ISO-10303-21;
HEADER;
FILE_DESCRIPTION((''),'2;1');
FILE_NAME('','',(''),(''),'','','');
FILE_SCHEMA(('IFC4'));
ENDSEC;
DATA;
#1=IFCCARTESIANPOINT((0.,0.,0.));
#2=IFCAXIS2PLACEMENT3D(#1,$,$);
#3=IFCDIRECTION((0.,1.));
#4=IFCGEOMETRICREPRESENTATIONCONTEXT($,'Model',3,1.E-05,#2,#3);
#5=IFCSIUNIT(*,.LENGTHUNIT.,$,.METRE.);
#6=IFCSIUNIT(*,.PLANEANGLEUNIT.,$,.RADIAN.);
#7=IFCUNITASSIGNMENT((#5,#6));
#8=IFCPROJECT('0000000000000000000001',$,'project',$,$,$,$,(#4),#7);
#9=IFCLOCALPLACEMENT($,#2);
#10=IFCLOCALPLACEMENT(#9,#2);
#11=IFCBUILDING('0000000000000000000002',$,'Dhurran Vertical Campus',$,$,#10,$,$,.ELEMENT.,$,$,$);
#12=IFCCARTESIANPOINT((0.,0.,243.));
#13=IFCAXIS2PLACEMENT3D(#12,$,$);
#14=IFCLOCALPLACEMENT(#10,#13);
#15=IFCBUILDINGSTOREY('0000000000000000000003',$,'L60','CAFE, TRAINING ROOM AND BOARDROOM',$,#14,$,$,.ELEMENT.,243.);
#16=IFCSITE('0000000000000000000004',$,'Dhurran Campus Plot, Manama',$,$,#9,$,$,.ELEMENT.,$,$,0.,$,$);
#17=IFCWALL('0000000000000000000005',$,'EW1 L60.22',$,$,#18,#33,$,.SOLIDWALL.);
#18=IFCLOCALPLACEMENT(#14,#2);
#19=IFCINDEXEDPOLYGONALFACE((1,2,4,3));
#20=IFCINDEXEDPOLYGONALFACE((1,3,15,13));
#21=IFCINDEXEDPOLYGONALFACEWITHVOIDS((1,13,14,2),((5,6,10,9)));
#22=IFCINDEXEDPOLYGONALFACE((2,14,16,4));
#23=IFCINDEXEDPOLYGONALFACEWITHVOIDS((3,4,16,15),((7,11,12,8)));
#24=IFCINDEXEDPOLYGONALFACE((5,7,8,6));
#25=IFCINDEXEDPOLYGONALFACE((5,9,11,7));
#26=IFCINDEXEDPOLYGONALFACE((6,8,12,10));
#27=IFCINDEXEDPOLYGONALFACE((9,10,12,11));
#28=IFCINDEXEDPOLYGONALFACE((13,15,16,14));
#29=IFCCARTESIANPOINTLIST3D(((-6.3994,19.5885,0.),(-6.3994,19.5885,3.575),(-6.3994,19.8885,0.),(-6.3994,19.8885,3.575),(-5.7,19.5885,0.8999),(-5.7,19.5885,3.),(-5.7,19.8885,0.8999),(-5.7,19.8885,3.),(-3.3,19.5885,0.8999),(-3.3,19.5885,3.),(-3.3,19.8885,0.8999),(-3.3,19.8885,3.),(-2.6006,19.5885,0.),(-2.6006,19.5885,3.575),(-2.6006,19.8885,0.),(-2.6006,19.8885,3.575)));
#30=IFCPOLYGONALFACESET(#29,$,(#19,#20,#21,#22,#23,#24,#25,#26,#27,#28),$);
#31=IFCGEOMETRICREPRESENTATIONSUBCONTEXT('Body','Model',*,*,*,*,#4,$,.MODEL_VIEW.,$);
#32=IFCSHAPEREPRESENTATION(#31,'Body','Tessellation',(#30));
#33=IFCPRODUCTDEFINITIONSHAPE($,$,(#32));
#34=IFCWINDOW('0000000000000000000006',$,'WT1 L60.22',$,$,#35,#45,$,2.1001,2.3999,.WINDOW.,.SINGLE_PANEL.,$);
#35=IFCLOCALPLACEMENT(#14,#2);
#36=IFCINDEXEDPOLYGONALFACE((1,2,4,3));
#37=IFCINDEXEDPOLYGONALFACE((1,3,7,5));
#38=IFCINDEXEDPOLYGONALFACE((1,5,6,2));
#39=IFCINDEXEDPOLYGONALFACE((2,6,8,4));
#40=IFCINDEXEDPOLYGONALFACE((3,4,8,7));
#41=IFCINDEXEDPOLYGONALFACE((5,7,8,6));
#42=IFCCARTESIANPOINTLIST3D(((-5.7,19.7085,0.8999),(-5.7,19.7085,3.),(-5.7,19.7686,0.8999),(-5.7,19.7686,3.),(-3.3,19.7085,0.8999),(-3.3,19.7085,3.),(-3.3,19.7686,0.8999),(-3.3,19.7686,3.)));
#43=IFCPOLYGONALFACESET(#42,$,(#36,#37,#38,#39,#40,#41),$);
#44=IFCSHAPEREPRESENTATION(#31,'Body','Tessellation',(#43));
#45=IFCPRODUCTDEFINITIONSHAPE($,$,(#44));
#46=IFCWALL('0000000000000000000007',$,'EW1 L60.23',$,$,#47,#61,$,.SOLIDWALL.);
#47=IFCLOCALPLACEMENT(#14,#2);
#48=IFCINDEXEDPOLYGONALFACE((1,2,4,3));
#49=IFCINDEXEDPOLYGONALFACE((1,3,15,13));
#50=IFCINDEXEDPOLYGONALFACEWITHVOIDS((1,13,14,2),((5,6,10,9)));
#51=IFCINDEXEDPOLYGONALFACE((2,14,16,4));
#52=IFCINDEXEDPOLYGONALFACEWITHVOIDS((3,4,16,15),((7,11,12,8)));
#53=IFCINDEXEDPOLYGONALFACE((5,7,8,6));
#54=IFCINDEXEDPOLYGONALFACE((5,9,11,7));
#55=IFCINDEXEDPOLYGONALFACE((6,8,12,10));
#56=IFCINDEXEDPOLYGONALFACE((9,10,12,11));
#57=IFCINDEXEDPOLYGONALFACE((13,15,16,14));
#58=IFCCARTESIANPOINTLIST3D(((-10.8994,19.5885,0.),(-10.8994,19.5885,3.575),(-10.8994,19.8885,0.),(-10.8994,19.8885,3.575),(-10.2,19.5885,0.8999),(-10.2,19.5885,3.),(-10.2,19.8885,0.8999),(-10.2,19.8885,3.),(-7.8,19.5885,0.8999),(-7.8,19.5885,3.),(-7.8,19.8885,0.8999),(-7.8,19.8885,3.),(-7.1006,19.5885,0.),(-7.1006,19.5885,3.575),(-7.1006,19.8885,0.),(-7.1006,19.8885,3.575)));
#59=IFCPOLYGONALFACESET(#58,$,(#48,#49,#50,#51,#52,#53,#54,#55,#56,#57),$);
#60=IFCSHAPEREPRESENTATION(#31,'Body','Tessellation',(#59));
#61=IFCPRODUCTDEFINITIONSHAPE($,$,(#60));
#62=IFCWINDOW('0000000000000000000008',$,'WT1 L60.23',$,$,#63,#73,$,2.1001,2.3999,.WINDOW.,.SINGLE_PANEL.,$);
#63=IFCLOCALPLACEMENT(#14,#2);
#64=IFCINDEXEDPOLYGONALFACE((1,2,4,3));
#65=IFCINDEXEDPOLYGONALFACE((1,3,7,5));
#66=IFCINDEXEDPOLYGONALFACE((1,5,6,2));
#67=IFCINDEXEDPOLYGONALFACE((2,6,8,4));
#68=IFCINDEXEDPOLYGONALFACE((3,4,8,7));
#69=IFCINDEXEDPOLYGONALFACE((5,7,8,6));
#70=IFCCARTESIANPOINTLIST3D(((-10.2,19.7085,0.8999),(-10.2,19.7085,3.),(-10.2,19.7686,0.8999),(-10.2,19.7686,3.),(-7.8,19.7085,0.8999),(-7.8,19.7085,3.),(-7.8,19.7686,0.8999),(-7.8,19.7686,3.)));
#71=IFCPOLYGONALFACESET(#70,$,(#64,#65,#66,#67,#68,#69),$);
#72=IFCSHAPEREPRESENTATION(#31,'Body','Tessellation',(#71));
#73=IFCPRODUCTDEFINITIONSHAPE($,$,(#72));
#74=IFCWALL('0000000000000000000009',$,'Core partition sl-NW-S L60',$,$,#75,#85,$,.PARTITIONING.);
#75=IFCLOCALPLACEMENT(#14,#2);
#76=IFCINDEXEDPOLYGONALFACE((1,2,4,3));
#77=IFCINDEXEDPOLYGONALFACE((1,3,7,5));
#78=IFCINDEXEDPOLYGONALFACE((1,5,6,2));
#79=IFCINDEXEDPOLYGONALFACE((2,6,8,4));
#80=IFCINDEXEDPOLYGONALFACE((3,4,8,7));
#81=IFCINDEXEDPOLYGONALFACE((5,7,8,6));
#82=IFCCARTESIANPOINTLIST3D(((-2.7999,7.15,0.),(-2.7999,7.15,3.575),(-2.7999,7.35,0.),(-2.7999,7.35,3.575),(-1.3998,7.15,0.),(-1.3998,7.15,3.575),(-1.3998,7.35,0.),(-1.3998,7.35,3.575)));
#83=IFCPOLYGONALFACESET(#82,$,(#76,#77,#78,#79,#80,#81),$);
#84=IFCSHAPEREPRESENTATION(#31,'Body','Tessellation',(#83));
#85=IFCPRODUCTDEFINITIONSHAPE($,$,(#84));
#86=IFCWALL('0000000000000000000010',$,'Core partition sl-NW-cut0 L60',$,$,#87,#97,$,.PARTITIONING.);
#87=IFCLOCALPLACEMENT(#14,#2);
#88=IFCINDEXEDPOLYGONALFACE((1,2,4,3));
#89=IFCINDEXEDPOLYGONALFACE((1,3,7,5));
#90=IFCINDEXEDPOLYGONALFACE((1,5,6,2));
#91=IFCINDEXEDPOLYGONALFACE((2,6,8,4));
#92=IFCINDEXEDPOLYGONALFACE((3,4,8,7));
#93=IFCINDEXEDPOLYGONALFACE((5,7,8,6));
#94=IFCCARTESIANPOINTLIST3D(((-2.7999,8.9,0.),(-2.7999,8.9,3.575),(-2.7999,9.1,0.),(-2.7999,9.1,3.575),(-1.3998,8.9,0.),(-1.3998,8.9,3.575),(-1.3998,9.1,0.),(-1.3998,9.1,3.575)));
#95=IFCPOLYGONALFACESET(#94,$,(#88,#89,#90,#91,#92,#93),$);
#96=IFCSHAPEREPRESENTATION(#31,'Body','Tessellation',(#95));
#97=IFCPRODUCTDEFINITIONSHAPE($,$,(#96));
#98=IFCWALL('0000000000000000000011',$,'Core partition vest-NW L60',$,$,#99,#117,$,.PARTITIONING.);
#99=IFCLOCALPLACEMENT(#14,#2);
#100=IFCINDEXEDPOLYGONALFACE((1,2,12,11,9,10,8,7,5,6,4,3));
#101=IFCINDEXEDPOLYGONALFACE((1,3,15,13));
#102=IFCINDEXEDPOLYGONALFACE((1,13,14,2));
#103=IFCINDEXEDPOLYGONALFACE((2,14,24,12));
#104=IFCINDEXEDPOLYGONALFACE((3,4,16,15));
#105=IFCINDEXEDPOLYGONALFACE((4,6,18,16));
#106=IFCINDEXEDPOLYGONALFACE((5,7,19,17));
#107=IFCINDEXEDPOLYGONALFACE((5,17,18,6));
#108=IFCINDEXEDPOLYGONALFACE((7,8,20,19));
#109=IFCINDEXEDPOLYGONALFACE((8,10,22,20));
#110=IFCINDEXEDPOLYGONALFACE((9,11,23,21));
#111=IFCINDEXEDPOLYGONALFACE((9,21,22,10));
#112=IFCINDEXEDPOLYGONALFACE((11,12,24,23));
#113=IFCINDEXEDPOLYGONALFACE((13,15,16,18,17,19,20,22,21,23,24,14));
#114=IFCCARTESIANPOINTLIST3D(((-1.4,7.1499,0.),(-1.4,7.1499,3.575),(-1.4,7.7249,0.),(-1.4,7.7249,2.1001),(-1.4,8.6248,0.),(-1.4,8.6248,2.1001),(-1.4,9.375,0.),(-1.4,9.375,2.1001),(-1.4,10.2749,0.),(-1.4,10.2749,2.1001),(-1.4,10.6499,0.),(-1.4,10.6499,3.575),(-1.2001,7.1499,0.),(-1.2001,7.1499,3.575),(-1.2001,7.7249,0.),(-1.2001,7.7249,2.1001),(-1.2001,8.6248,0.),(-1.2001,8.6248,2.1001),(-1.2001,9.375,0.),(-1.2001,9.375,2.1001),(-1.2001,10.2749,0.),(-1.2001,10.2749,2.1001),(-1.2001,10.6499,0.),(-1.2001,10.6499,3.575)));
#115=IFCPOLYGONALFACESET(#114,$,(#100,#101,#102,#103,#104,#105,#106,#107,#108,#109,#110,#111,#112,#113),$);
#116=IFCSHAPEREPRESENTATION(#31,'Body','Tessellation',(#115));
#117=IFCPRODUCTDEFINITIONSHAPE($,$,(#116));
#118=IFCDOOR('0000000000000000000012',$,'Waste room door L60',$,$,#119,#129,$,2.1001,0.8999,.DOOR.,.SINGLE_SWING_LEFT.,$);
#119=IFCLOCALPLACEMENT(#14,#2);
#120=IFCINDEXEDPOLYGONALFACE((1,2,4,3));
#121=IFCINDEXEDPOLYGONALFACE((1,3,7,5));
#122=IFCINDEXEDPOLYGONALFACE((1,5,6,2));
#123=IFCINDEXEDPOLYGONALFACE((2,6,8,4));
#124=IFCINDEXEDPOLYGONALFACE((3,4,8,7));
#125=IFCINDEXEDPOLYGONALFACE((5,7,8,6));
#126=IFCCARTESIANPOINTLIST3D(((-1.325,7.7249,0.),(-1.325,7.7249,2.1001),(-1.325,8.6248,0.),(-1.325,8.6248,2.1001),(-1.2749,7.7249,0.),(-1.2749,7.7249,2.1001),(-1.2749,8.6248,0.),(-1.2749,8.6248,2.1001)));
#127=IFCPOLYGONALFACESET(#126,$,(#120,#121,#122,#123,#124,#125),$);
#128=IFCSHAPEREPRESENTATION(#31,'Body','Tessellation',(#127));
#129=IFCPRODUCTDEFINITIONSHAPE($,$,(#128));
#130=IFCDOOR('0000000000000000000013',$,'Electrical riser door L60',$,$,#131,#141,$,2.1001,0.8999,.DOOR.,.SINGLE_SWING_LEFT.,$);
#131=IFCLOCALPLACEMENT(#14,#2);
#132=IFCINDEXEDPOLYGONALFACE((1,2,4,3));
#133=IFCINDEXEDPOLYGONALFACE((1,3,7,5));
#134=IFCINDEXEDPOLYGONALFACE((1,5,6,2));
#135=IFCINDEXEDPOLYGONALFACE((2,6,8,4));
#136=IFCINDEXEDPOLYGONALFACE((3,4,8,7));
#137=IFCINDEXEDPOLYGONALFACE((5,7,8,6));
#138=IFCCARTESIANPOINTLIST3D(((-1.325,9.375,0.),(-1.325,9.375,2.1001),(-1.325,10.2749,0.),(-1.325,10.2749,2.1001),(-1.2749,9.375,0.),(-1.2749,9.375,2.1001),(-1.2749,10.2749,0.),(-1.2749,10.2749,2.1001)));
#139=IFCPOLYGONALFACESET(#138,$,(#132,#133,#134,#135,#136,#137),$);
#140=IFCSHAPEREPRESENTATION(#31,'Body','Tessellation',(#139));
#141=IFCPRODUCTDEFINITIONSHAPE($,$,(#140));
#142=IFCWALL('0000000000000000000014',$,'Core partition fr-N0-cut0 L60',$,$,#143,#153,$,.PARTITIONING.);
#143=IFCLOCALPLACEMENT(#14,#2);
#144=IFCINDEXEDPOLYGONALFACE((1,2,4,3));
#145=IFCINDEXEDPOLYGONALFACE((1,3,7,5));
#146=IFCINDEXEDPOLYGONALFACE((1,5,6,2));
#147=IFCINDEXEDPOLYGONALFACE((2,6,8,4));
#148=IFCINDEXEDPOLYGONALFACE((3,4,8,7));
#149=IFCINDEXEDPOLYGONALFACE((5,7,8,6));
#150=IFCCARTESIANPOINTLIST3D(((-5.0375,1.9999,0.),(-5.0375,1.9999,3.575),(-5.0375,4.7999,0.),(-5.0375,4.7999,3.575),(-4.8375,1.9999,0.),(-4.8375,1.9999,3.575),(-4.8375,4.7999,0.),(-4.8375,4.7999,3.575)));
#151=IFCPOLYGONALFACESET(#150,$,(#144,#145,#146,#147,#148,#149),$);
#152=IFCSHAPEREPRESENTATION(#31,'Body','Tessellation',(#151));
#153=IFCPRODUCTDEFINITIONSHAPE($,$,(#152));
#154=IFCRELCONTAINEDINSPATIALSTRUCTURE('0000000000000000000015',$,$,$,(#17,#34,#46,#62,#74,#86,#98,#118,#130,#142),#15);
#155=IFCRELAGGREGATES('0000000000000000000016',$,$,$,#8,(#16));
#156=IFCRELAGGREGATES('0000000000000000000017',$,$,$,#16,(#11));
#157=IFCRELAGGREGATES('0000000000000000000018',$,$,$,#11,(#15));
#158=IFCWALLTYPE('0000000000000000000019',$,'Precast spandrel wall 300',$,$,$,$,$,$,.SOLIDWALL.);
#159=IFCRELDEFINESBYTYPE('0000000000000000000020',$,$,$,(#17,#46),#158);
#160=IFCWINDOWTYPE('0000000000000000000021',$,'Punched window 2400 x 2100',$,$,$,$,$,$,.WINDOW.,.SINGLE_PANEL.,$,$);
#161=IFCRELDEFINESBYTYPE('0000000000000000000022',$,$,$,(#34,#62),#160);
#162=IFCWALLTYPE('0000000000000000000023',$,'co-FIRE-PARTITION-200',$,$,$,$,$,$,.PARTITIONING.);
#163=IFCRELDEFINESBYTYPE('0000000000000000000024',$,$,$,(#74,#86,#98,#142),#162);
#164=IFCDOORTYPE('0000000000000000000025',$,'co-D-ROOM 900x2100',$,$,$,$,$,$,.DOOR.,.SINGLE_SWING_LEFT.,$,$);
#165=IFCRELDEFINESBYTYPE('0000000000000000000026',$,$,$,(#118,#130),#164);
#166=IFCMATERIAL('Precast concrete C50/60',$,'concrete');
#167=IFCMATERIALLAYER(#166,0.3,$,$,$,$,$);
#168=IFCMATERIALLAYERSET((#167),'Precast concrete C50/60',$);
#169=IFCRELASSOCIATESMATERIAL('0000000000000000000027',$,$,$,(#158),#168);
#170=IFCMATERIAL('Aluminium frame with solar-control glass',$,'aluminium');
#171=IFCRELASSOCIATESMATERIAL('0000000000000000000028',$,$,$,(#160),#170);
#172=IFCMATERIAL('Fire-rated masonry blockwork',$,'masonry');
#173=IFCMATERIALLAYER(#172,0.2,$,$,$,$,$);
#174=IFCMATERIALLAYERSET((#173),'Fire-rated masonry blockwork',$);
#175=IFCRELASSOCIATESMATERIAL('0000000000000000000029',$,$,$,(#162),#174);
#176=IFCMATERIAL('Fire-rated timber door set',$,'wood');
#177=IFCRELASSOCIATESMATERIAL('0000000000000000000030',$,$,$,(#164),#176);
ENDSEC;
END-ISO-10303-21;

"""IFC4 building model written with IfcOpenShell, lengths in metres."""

from ifc_helpers import new_model, si_unit, direction, frame, frame_2d, origin, place, context, subcontext, project, spatial, rectangle, extrude, material, layer, layer_set, type_object, element, fill, save


model = new_model("IFC4")

# Units and contexts
model_context = context("Model", 3, precision=1e-05, world=origin(), true_north=direction((0.0, 1.0)))
body_context = subcontext(model_context, "Body", "Model", "MODEL_VIEW")
ifc_project = project(units=[si_unit("LENGTHUNIT", "METRE"), si_unit("PLANEANGLEUNIT", "RADIAN")], contexts=[model_context])

# Site, building, storey
site_placement = place(None, origin())
site = spatial("IfcSite", under=ifc_project, at=site_placement, Name="Dhurran Campus Plot, Manama", CompositionType="ELEMENT", RefElevation=0.0)
building_placement = place(site_placement, origin())
building = spatial("IfcBuilding", under=site, at=building_placement, Name="Dhurran Vertical Campus", CompositionType="ELEMENT")
storey_placement = place(building_placement, frame((0.0, 0.0, 243.0)))
storey = spatial("IfcBuildingStorey", under=building, at=storey_placement, Name="L60", Description="CAFE, TRAINING ROOM AND BOARDROOM", CompositionType="ELEMENT", Elevation=243.0)

# Walls, openings, windows
ifc_material_1 = material(Name="Precast concrete C50/60", Category="concrete")
ifc_layer_1 = layer(ifc_material_1, 0.3)
ifc_layer_set_1 = layer_set([ifc_layer_1], Name="Precast concrete C50/60")
wall_type_1 = type_object("IfcWallType", Name="Precast spandrel wall 300", PredefinedType="SOLIDWALL", material=ifc_layer_set_1)
wall_1_placement = place(storey_placement, frame((-2.6006, 19.7385, 0.0), z_axis=(0.0, 0.0, 1.0), x_axis=(-1.0, 0.0, 0.0)))
wall_1 = element("IfcWall", 1, at=wall_1_placement, inside=storey, type_object=wall_type_1, Name="EW1 L60.22", PredefinedType="SOLIDWALL", context=body_context, shape_type="SweptSolid", body=[
    extrude(rectangle(XDim=3.7988, YDim=0.3, at=frame_2d((1.8994, 0.0))), origin(), (0.0, 0.0, 1.0), 3.575),
])
opening_1_placement = place(wall_1_placement, frame((0.6995, 0.0, 0.8999)))
opening_1 = element("IfcOpeningElement", 2, at=opening_1_placement, cuts=wall_1, PredefinedType="OPENING", context=body_context, shape_type="SweptSolid", body=[
    extrude(rectangle(XDim=2.3999, YDim=2.1001, at=frame_2d((1.2, 1.05))), frame((0.0, 0.1599, 0.0), z_axis=(0.0, -1.0, 0.0), x_axis=(1.0, 0.0, 0.0)), (0.0, 0.0, 1.0), 0.3201),
])
ifc_material_2 = material(Name="Aluminium frame with solar-control glass", Category="aluminium")
window_type = type_object("IfcWindowType", Name="Punched window 2400 x 2100", PartitioningType="SINGLE_PANEL", PredefinedType="WINDOW", material=ifc_material_2)
window_1_placement = place(opening_1_placement, origin())
window_1 = element("IfcWindow", 3, at=window_1_placement, inside=storey, type_object=window_type, Name="WT1 L60.22", OverallHeight=2.1001, OverallWidth=2.3999, PartitioningType="SINGLE_PANEL", PredefinedType="WINDOW", context=body_context, shape_type="SweptSolid", body=[
    extrude(rectangle(XDim=2.3999, YDim=2.1001, at=frame_2d((1.2, 1.05))), frame((0.0, 0.03, 0.0), z_axis=(0.0, -1.0, 0.0), x_axis=(1.0, 0.0, 0.0)), (0.0, 0.0, 1.0), 0.0601),
])
fill(opening_1, window_1)
wall_2_placement = place(storey_placement, frame((-7.1006, 19.7385, 0.0), z_axis=(0.0, 0.0, 1.0), x_axis=(-1.0, 0.0, 0.0)))
wall_2 = element("IfcWall", 4, at=wall_2_placement, inside=storey, type_object=wall_type_1, Name="EW1 L60.23", PredefinedType="SOLIDWALL", context=body_context, shape_type="SweptSolid", body=[
    extrude(rectangle(XDim=3.7988, YDim=0.3, at=frame_2d((1.8994, 0.0))), origin(), (0.0, 0.0, 1.0), 3.575),
])
opening_2_placement = place(wall_2_placement, frame((0.6995, 0.0, 0.8999)))
opening_2 = element("IfcOpeningElement", 5, at=opening_2_placement, cuts=wall_2, PredefinedType="OPENING", context=body_context, shape_type="SweptSolid", body=[
    extrude(rectangle(XDim=2.3999, YDim=2.1001, at=frame_2d((1.2, 1.05))), frame((0.0, 0.1599, 0.0), z_axis=(0.0, -1.0, 0.0), x_axis=(1.0, 0.0, 0.0)), (0.0, 0.0, 1.0), 0.3201),
])
window_2_placement = place(opening_2_placement, origin())
window_2 = element("IfcWindow", 6, at=window_2_placement, inside=storey, type_object=window_type, Name="WT1 L60.23", OverallHeight=2.1001, OverallWidth=2.3999, PartitioningType="SINGLE_PANEL", PredefinedType="WINDOW", context=body_context, shape_type="SweptSolid", body=[
    extrude(rectangle(XDim=2.3999, YDim=2.1001, at=frame_2d((1.2, 1.05))), frame((0.0, 0.03, 0.0), z_axis=(0.0, -1.0, 0.0), x_axis=(1.0, 0.0, 0.0)), (0.0, 0.0, 1.0), 0.0601),
])
fill(opening_2, window_2)

# Walls
ifc_material_3 = material(Name="Fire-rated masonry blockwork", Category="masonry")
ifc_layer_2 = layer(ifc_material_3, 0.2)
ifc_layer_set_2 = layer_set([ifc_layer_2], Name="Fire-rated masonry blockwork")
wall_type_2 = type_object("IfcWallType", Name="co-FIRE-PARTITION-200", PredefinedType="PARTITIONING", material=ifc_layer_set_2)
for number, where, z_axis, x_axis, name in (
    (7, (-2.8, 7.25, 0.0), (0.0, 0.0, 1.0), (1.0, 0.0, 0.0), "Core partition sl-NW-S L60"),
    (8, (-2.8, 9.0, 0.0), (0.0, 0.0, 1.0), (1.0, 0.0, 0.0), "Core partition sl-NW-cut0 L60"),
):
    element("IfcWall", number, at=place(storey_placement, frame(where, z_axis=z_axis, x_axis=x_axis)), inside=storey, type_object=wall_type_2, Name=name, PredefinedType="PARTITIONING", context=body_context, shape_type="SweptSolid", body=[
        extrude(rectangle(XDim=1.4001, YDim=0.2, at=frame_2d((0.7002, 0.0))), origin(), (0.0, 0.0, 1.0), 3.575),
    ])

# Wall, openings, doors
wall_3_placement = place(storey_placement, frame((-1.3, 7.1499, 0.0), z_axis=(0.0, 0.0, 1.0), x_axis=(0.0, 1.0, 0.0)))
wall_3 = element("IfcWall", 9, at=wall_3_placement, inside=storey, type_object=wall_type_2, Name="Core partition vest-NW L60", PredefinedType="PARTITIONING", context=body_context, shape_type="SweptSolid", body=[
    extrude(rectangle(XDim=3.5, YDim=0.2, at=frame_2d((1.75, 0.0))), origin(), (0.0, 0.0, 1.0), 3.575),
])
opening_3_placement = place(wall_3_placement, frame((0.575, 0.0, 0.0)))
opening_3 = element("IfcOpeningElement", 10, at=opening_3_placement, cuts=wall_3, PredefinedType="OPENING", context=body_context, shape_type="SweptSolid", body=[
    extrude(rectangle(XDim=0.8999, YDim=2.1001, at=frame_2d((0.45, 1.05))), frame((0.0, 0.1099, 0.0), z_axis=(0.0, -1.0, 0.0), x_axis=(1.0, 0.0, 0.0)), (0.0, 0.0, 1.0), 0.22),
])
opening_4_placement = place(wall_3_placement, frame((2.2251, 0.0, 0.0)))
opening_4 = element("IfcOpeningElement", 11, at=opening_4_placement, cuts=wall_3, PredefinedType="OPENING", context=body_context, shape_type="SweptSolid", body=[
    extrude(rectangle(XDim=0.8999, YDim=2.1001, at=frame_2d((0.45, 1.05))), frame((0.0, 0.1099, 0.0), z_axis=(0.0, -1.0, 0.0), x_axis=(1.0, 0.0, 0.0)), (0.0, 0.0, 1.0), 0.22),
])
ifc_material_4 = material(Name="Fire-rated timber door set", Category="wood")
door_type_1 = type_object("IfcDoorType", Name="co-D-ROOM 900x2100", OperationType="SINGLE_SWING_LEFT", PredefinedType="DOOR", material=ifc_material_4)
door_1_placement = place(opening_3_placement, origin())
door_1 = element("IfcDoor", 12, at=door_1_placement, inside=storey, type_object=door_type_1, Name="Waste room door L60", OperationType="SINGLE_SWING_LEFT", OverallHeight=2.1001, OverallWidth=0.8999, PredefinedType="DOOR", context=body_context, shape_type="SweptSolid", body=[
    extrude(rectangle(XDim=0.8999, YDim=2.1001, at=frame_2d((0.45, 1.05))), frame((0.0, 0.0249, 0.0), z_axis=(0.0, -1.0, 0.0), x_axis=(1.0, 0.0, 0.0)), (0.0, 0.0, 1.0), 0.05),
])
fill(opening_3, door_1)
door_2_placement = place(opening_4_placement, origin())
door_2 = element("IfcDoor", 13, at=door_2_placement, inside=storey, type_object=door_type_1, Name="Electrical riser door L60", OperationType="SINGLE_SWING_LEFT", OverallHeight=2.1001, OverallWidth=0.8999, PredefinedType="DOOR", context=body_context, shape_type="SweptSolid", body=[
    extrude(rectangle(XDim=0.8999, YDim=2.1001, at=frame_2d((0.45, 1.05))), frame((0.0, 0.0249, 0.0), z_axis=(0.0, -1.0, 0.0), x_axis=(1.0, 0.0, 0.0)), (0.0, 0.0, 1.0), 0.05),
])
fill(opening_4, door_2)

# Wall
wall_4_placement = place(storey_placement, frame((-4.9375, 2.0, 0.0), z_axis=(0.0, 0.0, 1.0), x_axis=(0.0, 1.0, 0.0)))
element("IfcWall", 14, at=wall_4_placement, inside=storey, type_object=wall_type_2, Name="Core partition fr-N0-cut0 L60", PredefinedType="PARTITIONING", context=body_context, shape_type="SweptSolid", body=[
    extrude(rectangle(XDim=2.8, YDim=0.2, at=frame_2d((1.3999, 0.0))), origin(), (0.0, 0.0, 1.0), 3.575),
])

save(model, "model.ifc")
